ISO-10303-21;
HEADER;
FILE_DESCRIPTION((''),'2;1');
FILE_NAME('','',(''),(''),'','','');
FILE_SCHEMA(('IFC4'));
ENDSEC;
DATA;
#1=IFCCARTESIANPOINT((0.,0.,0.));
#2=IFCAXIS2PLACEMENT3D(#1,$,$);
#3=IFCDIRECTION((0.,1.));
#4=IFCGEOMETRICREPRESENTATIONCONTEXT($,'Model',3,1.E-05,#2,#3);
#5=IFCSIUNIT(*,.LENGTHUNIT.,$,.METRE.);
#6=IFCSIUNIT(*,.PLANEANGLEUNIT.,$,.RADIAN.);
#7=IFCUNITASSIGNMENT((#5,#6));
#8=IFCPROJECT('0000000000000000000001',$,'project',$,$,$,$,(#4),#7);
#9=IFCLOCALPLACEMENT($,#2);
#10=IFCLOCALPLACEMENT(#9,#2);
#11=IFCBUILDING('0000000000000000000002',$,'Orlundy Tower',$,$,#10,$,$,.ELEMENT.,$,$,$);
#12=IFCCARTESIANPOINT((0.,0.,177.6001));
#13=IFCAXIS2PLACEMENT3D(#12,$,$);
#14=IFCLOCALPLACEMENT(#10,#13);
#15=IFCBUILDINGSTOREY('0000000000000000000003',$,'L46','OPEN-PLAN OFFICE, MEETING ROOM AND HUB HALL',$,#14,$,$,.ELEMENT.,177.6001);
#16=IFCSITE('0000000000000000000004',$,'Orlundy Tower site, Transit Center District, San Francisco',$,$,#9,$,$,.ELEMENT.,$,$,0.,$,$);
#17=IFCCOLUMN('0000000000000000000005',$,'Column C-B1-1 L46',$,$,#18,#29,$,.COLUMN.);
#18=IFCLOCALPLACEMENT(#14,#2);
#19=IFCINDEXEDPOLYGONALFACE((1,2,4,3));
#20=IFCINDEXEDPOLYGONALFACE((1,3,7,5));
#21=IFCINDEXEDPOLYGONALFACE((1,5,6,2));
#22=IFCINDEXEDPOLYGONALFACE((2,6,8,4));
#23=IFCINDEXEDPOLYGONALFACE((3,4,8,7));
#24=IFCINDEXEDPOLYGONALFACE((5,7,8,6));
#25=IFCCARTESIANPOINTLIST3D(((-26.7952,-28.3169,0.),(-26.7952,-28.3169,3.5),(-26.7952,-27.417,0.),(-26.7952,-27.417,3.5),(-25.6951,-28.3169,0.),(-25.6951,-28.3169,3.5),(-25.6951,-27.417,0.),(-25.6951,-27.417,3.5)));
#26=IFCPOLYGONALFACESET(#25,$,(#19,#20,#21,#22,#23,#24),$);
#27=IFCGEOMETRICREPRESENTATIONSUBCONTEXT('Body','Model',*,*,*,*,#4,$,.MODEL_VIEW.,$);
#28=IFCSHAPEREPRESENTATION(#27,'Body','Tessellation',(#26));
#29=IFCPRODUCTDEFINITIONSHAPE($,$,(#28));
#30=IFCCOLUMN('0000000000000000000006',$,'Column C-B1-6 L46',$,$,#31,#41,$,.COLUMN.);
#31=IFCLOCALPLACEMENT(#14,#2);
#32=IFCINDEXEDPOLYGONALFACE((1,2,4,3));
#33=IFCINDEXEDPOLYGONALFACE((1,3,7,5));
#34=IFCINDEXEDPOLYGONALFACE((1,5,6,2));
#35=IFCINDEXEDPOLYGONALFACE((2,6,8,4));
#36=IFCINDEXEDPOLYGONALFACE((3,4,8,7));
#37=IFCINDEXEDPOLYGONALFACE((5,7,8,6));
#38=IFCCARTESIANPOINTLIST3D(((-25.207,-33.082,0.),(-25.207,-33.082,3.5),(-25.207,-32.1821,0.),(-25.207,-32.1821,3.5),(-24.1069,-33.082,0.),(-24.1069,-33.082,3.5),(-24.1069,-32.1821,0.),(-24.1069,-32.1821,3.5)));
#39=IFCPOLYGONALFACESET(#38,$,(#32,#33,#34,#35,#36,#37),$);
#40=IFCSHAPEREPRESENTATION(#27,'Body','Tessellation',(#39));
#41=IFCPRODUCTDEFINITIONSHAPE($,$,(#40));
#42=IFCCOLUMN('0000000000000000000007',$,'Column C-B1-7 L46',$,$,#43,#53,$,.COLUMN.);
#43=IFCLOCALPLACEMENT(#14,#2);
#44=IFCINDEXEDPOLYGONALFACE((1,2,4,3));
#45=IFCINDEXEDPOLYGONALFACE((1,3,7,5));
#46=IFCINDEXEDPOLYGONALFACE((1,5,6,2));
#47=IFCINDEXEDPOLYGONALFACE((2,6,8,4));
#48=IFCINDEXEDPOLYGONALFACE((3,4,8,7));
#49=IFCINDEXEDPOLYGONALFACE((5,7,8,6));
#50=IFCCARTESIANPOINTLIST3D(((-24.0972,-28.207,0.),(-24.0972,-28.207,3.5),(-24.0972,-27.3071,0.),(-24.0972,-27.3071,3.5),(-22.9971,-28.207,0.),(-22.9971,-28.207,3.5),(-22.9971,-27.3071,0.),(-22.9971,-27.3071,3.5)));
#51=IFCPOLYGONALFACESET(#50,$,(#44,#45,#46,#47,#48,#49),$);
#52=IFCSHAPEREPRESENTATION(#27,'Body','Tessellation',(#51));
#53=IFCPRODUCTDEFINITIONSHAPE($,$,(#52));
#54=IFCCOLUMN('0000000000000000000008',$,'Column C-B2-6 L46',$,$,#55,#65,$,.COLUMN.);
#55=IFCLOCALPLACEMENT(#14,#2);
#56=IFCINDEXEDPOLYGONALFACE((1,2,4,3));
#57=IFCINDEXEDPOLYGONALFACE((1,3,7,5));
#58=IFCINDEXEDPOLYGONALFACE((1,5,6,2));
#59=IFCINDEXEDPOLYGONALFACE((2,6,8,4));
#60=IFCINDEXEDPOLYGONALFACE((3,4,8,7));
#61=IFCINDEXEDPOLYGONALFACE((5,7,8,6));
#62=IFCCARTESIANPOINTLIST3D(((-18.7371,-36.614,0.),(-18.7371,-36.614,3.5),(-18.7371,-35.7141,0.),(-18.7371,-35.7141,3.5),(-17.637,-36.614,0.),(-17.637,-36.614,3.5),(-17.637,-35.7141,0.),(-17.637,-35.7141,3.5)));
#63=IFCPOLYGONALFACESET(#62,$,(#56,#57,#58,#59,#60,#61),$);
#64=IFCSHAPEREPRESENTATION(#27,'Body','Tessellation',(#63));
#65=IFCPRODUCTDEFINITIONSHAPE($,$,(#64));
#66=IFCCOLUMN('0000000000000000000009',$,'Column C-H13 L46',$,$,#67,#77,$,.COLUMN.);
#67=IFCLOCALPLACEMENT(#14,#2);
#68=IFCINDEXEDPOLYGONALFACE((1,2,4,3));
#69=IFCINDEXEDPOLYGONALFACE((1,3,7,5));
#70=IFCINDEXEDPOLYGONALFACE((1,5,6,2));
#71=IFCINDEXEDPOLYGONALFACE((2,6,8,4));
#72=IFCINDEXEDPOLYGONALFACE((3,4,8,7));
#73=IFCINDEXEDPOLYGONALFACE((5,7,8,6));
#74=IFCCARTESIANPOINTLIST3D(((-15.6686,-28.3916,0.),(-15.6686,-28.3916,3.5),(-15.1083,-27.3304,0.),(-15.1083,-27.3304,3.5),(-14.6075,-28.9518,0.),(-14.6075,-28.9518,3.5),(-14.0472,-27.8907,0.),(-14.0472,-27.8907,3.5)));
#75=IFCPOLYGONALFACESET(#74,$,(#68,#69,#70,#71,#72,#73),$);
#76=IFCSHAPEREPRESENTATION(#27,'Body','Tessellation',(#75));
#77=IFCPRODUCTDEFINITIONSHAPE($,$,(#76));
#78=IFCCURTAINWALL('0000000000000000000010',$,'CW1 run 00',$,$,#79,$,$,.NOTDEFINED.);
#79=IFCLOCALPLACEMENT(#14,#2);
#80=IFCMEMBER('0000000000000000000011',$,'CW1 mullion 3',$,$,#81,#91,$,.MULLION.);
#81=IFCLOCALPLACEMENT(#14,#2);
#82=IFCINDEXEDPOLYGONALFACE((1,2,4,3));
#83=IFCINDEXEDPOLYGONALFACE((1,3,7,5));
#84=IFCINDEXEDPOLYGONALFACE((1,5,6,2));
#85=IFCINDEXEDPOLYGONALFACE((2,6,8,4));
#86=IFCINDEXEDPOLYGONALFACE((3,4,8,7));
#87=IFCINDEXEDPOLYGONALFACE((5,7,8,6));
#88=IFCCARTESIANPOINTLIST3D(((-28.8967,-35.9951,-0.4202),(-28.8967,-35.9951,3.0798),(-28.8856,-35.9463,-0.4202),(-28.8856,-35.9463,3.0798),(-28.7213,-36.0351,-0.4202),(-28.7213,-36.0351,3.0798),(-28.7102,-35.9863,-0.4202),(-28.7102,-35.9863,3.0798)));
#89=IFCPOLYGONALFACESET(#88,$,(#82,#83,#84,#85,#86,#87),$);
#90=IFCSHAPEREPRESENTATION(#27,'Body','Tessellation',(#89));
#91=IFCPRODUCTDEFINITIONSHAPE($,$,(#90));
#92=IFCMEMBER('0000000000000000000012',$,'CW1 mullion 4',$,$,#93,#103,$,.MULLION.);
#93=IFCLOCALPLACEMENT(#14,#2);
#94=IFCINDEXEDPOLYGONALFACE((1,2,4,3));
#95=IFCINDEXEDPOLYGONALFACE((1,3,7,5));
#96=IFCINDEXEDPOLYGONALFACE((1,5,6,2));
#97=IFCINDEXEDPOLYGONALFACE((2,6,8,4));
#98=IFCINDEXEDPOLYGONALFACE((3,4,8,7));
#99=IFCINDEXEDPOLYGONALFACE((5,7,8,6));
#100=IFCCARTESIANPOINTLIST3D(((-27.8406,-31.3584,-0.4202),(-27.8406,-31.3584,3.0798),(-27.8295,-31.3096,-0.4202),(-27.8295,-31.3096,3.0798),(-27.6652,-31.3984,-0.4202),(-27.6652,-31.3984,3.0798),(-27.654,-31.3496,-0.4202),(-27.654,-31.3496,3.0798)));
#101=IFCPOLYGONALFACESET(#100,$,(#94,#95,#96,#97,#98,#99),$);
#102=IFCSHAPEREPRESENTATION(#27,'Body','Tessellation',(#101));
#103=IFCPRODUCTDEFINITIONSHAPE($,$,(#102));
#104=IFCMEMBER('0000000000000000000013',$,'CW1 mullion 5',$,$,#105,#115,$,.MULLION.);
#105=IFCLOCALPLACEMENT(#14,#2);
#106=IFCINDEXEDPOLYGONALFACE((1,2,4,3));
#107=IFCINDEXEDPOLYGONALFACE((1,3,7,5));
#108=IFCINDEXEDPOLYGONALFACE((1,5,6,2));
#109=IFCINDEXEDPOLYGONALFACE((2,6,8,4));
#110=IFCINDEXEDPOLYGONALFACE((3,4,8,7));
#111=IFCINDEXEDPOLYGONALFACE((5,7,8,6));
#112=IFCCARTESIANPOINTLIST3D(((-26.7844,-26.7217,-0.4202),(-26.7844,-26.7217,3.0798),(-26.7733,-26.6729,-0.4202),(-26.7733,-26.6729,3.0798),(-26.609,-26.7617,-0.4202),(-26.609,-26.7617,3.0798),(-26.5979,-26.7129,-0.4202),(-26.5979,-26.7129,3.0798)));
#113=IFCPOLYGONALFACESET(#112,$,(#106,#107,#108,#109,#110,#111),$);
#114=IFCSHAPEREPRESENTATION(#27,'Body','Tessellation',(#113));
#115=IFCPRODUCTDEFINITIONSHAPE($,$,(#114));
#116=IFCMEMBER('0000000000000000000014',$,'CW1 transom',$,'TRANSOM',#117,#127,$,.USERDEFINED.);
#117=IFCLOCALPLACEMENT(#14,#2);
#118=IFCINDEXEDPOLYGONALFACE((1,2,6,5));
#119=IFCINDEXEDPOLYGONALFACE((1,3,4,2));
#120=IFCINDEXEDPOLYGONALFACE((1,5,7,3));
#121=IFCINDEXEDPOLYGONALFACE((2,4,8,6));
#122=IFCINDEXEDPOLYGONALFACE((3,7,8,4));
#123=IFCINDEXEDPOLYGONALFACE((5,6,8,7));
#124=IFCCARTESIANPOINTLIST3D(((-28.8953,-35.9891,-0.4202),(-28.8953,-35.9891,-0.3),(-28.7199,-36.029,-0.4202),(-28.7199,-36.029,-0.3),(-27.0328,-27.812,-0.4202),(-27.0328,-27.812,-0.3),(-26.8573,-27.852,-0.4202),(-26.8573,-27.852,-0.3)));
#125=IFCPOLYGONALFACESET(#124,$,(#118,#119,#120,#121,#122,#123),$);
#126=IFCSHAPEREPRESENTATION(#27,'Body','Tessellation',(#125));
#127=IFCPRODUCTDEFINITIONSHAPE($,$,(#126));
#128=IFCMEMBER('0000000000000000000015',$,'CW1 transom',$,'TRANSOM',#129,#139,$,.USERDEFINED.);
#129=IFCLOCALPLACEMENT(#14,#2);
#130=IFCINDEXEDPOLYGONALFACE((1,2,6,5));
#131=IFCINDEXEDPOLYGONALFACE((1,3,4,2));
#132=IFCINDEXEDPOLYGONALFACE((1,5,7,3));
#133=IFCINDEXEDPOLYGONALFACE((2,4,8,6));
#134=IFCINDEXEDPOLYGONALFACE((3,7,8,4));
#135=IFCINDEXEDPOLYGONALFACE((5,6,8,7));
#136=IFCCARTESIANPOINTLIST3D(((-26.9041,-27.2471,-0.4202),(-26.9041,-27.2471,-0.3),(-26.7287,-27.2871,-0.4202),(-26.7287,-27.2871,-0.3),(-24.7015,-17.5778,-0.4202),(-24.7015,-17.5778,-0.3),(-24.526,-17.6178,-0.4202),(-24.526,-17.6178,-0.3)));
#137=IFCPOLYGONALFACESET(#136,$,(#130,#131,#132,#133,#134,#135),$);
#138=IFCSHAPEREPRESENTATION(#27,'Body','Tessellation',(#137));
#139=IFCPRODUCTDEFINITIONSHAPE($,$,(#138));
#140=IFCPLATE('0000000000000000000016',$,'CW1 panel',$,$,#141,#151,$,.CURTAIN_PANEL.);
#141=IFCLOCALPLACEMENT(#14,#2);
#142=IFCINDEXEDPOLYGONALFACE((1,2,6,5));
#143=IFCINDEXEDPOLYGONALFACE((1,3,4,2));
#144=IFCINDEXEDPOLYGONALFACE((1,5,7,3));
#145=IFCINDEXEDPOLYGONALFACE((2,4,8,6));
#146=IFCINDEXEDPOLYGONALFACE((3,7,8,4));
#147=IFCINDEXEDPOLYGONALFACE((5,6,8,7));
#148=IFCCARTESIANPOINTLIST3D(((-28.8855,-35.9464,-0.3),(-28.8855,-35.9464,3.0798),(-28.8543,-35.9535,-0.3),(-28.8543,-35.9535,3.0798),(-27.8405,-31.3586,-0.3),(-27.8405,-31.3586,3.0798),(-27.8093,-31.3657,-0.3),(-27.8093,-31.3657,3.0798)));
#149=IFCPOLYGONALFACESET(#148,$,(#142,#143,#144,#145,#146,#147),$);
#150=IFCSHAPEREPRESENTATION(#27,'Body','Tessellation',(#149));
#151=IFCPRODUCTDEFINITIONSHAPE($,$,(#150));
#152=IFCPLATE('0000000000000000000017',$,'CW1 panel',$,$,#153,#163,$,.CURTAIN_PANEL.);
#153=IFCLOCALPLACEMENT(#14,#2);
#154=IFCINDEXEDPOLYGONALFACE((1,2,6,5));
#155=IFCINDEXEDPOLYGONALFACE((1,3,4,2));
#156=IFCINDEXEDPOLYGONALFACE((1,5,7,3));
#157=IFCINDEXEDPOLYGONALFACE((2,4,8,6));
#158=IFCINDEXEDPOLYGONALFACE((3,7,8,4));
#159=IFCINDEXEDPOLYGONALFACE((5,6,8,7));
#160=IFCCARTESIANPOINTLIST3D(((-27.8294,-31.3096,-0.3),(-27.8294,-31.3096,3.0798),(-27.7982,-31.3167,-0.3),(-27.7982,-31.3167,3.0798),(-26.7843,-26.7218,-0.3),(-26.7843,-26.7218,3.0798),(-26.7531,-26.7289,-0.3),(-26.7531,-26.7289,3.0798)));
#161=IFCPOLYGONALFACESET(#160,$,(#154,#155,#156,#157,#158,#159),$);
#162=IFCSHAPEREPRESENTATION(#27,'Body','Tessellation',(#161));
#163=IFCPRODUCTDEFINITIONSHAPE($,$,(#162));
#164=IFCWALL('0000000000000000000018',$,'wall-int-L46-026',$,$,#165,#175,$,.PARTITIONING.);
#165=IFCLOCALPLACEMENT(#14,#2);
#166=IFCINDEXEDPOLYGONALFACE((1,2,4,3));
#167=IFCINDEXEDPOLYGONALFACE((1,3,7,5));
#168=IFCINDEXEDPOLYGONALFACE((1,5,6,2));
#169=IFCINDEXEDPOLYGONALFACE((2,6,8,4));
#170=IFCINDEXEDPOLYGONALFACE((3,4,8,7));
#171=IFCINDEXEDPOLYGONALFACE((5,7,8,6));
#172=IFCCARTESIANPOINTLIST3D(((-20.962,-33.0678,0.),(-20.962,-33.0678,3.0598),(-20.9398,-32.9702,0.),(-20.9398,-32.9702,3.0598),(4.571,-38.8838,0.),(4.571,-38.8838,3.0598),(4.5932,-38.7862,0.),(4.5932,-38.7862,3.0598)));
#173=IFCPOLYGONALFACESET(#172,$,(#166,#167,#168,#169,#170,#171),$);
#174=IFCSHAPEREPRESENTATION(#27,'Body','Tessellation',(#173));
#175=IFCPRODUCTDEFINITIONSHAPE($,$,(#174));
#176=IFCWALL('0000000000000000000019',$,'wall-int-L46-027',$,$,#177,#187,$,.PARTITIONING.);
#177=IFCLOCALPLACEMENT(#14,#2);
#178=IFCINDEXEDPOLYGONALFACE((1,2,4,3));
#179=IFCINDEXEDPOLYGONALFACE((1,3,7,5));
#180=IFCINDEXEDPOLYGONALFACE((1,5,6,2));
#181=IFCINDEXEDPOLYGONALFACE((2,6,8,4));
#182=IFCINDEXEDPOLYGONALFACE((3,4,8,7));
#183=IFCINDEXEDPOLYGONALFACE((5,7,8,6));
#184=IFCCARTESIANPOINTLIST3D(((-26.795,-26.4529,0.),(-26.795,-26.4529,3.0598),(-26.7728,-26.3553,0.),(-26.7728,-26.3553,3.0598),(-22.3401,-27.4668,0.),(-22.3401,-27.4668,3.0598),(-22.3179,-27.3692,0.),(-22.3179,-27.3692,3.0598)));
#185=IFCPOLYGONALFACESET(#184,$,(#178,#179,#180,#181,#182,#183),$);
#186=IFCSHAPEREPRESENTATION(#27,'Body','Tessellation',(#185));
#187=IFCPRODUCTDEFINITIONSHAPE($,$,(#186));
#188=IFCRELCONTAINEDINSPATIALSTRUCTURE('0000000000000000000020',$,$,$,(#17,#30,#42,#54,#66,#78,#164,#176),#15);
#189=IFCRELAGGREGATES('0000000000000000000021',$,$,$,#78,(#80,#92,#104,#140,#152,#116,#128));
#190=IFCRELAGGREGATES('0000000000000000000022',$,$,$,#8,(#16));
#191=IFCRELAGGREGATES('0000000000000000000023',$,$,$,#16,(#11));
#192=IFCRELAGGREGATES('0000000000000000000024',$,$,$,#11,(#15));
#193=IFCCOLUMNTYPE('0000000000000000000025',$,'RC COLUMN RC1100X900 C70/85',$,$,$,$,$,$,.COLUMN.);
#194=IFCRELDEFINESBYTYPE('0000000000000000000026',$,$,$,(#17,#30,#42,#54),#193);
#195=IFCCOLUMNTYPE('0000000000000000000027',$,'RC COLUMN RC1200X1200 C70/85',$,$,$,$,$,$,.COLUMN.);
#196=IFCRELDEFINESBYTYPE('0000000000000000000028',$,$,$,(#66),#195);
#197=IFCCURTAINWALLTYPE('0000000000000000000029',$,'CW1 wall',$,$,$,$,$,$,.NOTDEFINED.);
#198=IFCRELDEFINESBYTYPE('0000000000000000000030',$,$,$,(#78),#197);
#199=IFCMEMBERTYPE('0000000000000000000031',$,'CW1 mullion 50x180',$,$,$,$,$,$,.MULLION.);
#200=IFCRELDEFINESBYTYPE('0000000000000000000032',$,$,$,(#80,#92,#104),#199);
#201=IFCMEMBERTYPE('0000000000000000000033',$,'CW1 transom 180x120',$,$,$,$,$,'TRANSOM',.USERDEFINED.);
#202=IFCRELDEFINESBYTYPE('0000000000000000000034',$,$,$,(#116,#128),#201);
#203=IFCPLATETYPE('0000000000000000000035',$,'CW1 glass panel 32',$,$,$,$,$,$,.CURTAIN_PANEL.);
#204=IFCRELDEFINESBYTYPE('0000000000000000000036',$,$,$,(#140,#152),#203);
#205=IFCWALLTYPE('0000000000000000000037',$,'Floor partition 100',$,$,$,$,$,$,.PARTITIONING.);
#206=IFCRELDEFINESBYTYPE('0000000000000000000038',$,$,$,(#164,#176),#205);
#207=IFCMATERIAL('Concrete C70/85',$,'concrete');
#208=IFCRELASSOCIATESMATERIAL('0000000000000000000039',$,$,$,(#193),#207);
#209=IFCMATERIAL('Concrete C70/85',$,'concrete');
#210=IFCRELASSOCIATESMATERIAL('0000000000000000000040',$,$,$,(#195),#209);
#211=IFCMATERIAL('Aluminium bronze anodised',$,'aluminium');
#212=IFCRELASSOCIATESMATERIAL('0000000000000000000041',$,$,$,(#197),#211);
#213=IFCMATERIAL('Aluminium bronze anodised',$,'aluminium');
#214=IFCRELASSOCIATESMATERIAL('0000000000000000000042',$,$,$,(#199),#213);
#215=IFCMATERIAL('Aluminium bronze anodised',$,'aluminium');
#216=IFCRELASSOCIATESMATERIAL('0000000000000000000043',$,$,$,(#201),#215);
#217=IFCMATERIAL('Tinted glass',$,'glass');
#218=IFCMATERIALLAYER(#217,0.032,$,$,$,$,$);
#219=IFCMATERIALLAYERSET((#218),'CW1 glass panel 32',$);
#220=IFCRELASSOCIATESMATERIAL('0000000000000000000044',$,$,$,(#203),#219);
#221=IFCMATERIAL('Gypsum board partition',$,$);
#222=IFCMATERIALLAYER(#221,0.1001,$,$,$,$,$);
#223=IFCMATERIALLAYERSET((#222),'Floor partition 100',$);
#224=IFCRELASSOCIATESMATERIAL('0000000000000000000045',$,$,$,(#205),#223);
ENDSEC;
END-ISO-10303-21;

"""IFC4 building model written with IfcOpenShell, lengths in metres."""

from ifc_helpers import new_model, si_unit, direction, frame, frame_2d, origin, origin_2d, place, context, subcontext, project, spatial, rectangle, extrude, material, layer, layer_set, material_profile, profile_set, type_object, element, aggregate, save


model = new_model("IFC4")

# Units and contexts
model_context = context("Model", 3, precision=1e-05, world=origin(), true_north=direction((0.0, 1.0)))
body_context = subcontext(model_context, "Body", "Model", "MODEL_VIEW")
ifc_project = project(units=[si_unit("LENGTHUNIT", "METRE"), si_unit("PLANEANGLEUNIT", "RADIAN")], contexts=[model_context])

# Site, building, storey
site_placement = place(None, origin())
site = spatial("IfcSite", under=ifc_project, at=site_placement, Name="Orlundy Tower site, Transit Center District, San Francisco", CompositionType="ELEMENT", RefElevation=0.0)
building_placement = place(site_placement, origin())
building = spatial("IfcBuilding", under=site, at=building_placement, Name="Orlundy Tower", CompositionType="ELEMENT")
storey_placement = place(building_placement, frame((0.0, 0.0, 177.6001)))
storey = spatial("IfcBuildingStorey", under=building, at=storey_placement, Name="L46", Description="OPEN-PLAN OFFICE, MEETING ROOM AND HUB HALL", CompositionType="ELEMENT", Elevation=177.6001)

# Columns
ifc_material_1 = material(Name="Concrete C70/85", Category="concrete")
ifc_material_profile_1 = material_profile(ifc_material_1, rectangle(XDim=1.1001, YDim=0.8999, at=origin_2d()), Name="RC1100X900")
ifc_profile_set_1 = profile_set([ifc_material_profile_1], Name="Concrete C70/85")
column_type_1 = type_object("IfcColumnType", Name="RC COLUMN RC1100X900 C70/85", PredefinedType="COLUMN", material=ifc_profile_set_1)
for number, where, z_axis, x_axis, name in (
    (1, (-26.2451, -27.8669, 0.0), (0.0, 0.0, 1.0), (1.0, 0.0, 0.0), "Column C-B1-1 L46"),
    (2, (-24.657, -32.6321, 0.0), (0.0, 0.0, 1.0), (1.0, 0.0, 0.0), "Column C-B1-6 L46"),
    (3, (-23.5471, -27.7571, 0.0), (0.0, 0.0, 1.0), (1.0, 0.0, 0.0), "Column C-B1-7 L46"),
    (4, (-18.187, -36.1641, 0.0), (0.0, 0.0, 1.0), (1.0, 0.0, 0.0), "Column C-B2-6 L46"),
):
    element("IfcColumn", number, at=place(storey_placement, frame(where, z_axis=z_axis, x_axis=x_axis)), inside=storey, type_object=column_type_1, Name=name, PredefinedType="COLUMN", context=body_context, shape_type="SweptSolid", body=[
        extrude(rectangle(XDim=1.1001, YDim=0.8999, at=origin_2d()), origin(), (0.0, 0.0, 1.0), 3.5),
    ])
ifc_material_2 = material(Name="Concrete C70/85", Category="concrete")
ifc_material_profile_2 = material_profile(ifc_material_2, rectangle(XDim=1.2, YDim=1.2, at=origin_2d()), Name="RC1200X1200")
ifc_profile_set_2 = profile_set([ifc_material_profile_2], Name="Concrete C70/85")
column_type_2 = type_object("IfcColumnType", Name="RC COLUMN RC1200X1200 C70/85", PredefinedType="COLUMN", material=ifc_profile_set_2)
column_placement = place(storey_placement, frame((-14.8579, -28.1411, 0.0), z_axis=(0.0, 0.0, 1.0), x_axis=(-0.466896, -0.884312, 0.0)))
element("IfcColumn", 5, at=column_placement, inside=storey, type_object=column_type_2, Name="Column C-H13 L46", PredefinedType="COLUMN", context=body_context, shape_type="SweptSolid", body=[
    extrude(rectangle(XDim=1.2, YDim=1.2, at=origin_2d()), origin(), (0.0, 0.0, 1.0), 3.5),
])

# Curtain wall, members, plates
ifc_material_3 = material(Name="Aluminium bronze anodised", Category="aluminium")
curtain_wall_type = type_object("IfcCurtainWallType", Name="CW1 wall", PredefinedType="NOTDEFINED", material=ifc_material_3)
curtain_wall_placement = place(storey_placement, origin())
curtain_wall = element("IfcCurtainWall", 6, at=curtain_wall_placement, inside=storey, type_object=curtain_wall_type, Name="CW1 run 00", PredefinedType="NOTDEFINED")
ifc_material_4 = material(Name="Aluminium bronze anodised", Category="aluminium")
ifc_material_profile_3 = material_profile(ifc_material_4, rectangle(XDim=0.1799, YDim=0.05, at=origin_2d()), Name="CW1 mullion 50x180")
ifc_profile_set_3 = profile_set([ifc_material_profile_3], Name="Aluminium bronze anodised")
member_type_1 = type_object("IfcMemberType", Name="CW1 mullion 50x180", PredefinedType="MULLION", material=ifc_profile_set_3)
member_1_placement = place(storey_placement, frame((-28.8035, -35.9907, -0.4202), z_axis=(0.0, 0.0, 1.0), x_axis=(-0.975025, 0.222097, 0.0)))
member_1 = element("IfcMember", 7, at=member_1_placement, type_object=member_type_1, Name="CW1 mullion 3", PredefinedType="MULLION", context=body_context, shape_type="SweptSolid", body=[
    extrude(rectangle(XDim=0.1799, YDim=0.05, at=origin_2d()), origin(), (0.0, 0.0, 1.0), 3.5),
])
member_2_placement = place(storey_placement, frame((-27.7473, -31.354, -0.4202), z_axis=(0.0, 0.0, 1.0), x_axis=(-0.975025, 0.222097, 0.0)))
member_2 = element("IfcMember", 8, at=member_2_placement, type_object=member_type_1, Name="CW1 mullion 4", PredefinedType="MULLION", context=body_context, shape_type="SweptSolid", body=[
    extrude(rectangle(XDim=0.1799, YDim=0.05, at=origin_2d()), origin(), (0.0, 0.0, 1.0), 3.5),
])
member_3_placement = place(storey_placement, frame((-26.6912, -26.7173, -0.4202), z_axis=(0.0, 0.0, 1.0), x_axis=(-0.975025, 0.222097, 0.0)))
member_3 = element("IfcMember", 9, at=member_3_placement, type_object=member_type_1, Name="CW1 mullion 5", PredefinedType="MULLION", context=body_context, shape_type="SweptSolid", body=[
    extrude(rectangle(XDim=0.1799, YDim=0.05, at=origin_2d()), origin(), (0.0, 0.0, 1.0), 3.5),
])
ifc_material_5 = material(Name="Aluminium bronze anodised", Category="aluminium")
ifc_material_profile_4 = material_profile(ifc_material_5, rectangle(XDim=0.1799, YDim=0.1201, at=origin_2d()), Name="CW1 transom 180x120")
ifc_profile_set_4 = profile_set([ifc_material_profile_4], Name="Aluminium bronze anodised")
member_type_2 = type_object("IfcMemberType", Name="CW1 transom 180x120", ElementType="TRANSOM", PredefinedType="USERDEFINED", material=ifc_profile_set_4)
member_4_placement = place(storey_placement, frame((-28.8076, -36.009, -0.3601), z_axis=(0.22209, 0.975026, 0.0), x_axis=(-0.975026, 0.22209, 0.0)))
member_4 = element("IfcMember", 10, at=member_4_placement, type_object=member_type_2, Name="CW1 transom", ObjectType="TRANSOM", PredefinedType="USERDEFINED", context=body_context, shape_type="SweptSolid", body=[
    extrude(rectangle(XDim=0.1799, YDim=0.1201, at=origin_2d()), origin(), (0.0, 0.0, 1.0), 8.3865),
])
member_5_placement = place(storey_placement, frame((-26.8164, -27.2671, -0.3601), z_axis=(0.222109, 0.975022, 0.0), x_axis=(-0.975022, 0.222109, 0.0)))
member_5 = element("IfcMember", 11, at=member_5_placement, type_object=member_type_2, Name="CW1 transom", ObjectType="TRANSOM", PredefinedType="USERDEFINED", context=body_context, shape_type="SweptSolid", body=[
    extrude(rectangle(XDim=0.1799, YDim=0.1201, at=origin_2d()), origin(), (0.0, 0.0, 1.0), 9.917),
])
ifc_material_6 = material(Name="Tinted glass", Category="glass")
ifc_layer_1 = layer(ifc_material_6, 0.032)
ifc_layer_set_1 = layer_set([ifc_layer_1], Name="CW1 glass panel 32")
plate_type = type_object("IfcPlateType", Name="CW1 glass panel 32", PredefinedType="CURTAIN_PANEL", material=ifc_layer_set_1)
plate_1_placement = place(storey_placement, frame((-28.3474, -33.656, -0.3), z_axis=(0.0, 0.0, 1.0), x_axis=(0.222097, 0.975025, 0.0)))
plate_1 = element("IfcPlate", 12, at=plate_1_placement, type_object=plate_type, Name="CW1 panel", PredefinedType="CURTAIN_PANEL", context=body_context, shape_type="SweptSolid", body=[
    extrude(rectangle(XDim=4.7053, YDim=0.032, at=origin_2d()), origin(), (0.0, 0.0, 1.0), 3.3799),
])
plate_2_placement = place(storey_placement, frame((-27.2913, -29.0193, -0.3), z_axis=(0.0, 0.0, 1.0), x_axis=(0.222097, 0.975025, 0.0)))
plate_2 = element("IfcPlate", 13, at=plate_2_placement, type_object=plate_type, Name="CW1 panel", PredefinedType="CURTAIN_PANEL", context=body_context, shape_type="SweptSolid", body=[
    extrude(rectangle(XDim=4.7053, YDim=0.032, at=origin_2d()), origin(), (0.0, 0.0, 1.0), 3.3799),
])
aggregate(curtain_wall, [member_1, member_2, member_3, plate_1, plate_2, member_4, member_5])

# Walls
ifc_material_7 = material(Name="Gypsum board partition")
ifc_layer_2 = layer(ifc_material_7, 0.1001)
ifc_layer_set_2 = layer_set([ifc_layer_2], Name="Floor partition 100")
wall_type_1 = type_object("IfcWallType", Name="Floor partition 100", PredefinedType="PARTITIONING", material=ifc_layer_set_2)
wall_1_placement = place(storey_placement, frame((-20.9509, -33.019, 0.0), z_axis=(0.0, 0.0, 1.0), x_axis=(0.975026, -0.222092, 0.0)))
element("IfcWall", 14, at=wall_1_placement, inside=storey, type_object=wall_type_1, Name="wall-int-L46-026", PredefinedType="PARTITIONING", context=body_context, shape_type="SweptSolid", body=[
    extrude(rectangle(XDim=26.187, YDim=0.1001, at=frame_2d((13.0935, 0.0))), origin(), (0.0, 0.0, 1.0), 3.0598),
])
wall_2_placement = place(storey_placement, frame((-26.7839, -26.4041, 0.0), z_axis=(0.0, 0.0, 1.0), x_axis=(0.975064, -0.221924, 0.0)))
element("IfcWall", 15, at=wall_2_placement, inside=storey, type_object=wall_type_1, Name="wall-int-L46-027", PredefinedType="PARTITIONING", context=body_context, shape_type="SweptSolid", body=[
    extrude(rectangle(XDim=4.5688, YDim=0.1001, at=frame_2d((2.2844, 0.0))), origin(), (0.0, 0.0, 1.0), 3.0598),
])

save(model, "model.ifc")
